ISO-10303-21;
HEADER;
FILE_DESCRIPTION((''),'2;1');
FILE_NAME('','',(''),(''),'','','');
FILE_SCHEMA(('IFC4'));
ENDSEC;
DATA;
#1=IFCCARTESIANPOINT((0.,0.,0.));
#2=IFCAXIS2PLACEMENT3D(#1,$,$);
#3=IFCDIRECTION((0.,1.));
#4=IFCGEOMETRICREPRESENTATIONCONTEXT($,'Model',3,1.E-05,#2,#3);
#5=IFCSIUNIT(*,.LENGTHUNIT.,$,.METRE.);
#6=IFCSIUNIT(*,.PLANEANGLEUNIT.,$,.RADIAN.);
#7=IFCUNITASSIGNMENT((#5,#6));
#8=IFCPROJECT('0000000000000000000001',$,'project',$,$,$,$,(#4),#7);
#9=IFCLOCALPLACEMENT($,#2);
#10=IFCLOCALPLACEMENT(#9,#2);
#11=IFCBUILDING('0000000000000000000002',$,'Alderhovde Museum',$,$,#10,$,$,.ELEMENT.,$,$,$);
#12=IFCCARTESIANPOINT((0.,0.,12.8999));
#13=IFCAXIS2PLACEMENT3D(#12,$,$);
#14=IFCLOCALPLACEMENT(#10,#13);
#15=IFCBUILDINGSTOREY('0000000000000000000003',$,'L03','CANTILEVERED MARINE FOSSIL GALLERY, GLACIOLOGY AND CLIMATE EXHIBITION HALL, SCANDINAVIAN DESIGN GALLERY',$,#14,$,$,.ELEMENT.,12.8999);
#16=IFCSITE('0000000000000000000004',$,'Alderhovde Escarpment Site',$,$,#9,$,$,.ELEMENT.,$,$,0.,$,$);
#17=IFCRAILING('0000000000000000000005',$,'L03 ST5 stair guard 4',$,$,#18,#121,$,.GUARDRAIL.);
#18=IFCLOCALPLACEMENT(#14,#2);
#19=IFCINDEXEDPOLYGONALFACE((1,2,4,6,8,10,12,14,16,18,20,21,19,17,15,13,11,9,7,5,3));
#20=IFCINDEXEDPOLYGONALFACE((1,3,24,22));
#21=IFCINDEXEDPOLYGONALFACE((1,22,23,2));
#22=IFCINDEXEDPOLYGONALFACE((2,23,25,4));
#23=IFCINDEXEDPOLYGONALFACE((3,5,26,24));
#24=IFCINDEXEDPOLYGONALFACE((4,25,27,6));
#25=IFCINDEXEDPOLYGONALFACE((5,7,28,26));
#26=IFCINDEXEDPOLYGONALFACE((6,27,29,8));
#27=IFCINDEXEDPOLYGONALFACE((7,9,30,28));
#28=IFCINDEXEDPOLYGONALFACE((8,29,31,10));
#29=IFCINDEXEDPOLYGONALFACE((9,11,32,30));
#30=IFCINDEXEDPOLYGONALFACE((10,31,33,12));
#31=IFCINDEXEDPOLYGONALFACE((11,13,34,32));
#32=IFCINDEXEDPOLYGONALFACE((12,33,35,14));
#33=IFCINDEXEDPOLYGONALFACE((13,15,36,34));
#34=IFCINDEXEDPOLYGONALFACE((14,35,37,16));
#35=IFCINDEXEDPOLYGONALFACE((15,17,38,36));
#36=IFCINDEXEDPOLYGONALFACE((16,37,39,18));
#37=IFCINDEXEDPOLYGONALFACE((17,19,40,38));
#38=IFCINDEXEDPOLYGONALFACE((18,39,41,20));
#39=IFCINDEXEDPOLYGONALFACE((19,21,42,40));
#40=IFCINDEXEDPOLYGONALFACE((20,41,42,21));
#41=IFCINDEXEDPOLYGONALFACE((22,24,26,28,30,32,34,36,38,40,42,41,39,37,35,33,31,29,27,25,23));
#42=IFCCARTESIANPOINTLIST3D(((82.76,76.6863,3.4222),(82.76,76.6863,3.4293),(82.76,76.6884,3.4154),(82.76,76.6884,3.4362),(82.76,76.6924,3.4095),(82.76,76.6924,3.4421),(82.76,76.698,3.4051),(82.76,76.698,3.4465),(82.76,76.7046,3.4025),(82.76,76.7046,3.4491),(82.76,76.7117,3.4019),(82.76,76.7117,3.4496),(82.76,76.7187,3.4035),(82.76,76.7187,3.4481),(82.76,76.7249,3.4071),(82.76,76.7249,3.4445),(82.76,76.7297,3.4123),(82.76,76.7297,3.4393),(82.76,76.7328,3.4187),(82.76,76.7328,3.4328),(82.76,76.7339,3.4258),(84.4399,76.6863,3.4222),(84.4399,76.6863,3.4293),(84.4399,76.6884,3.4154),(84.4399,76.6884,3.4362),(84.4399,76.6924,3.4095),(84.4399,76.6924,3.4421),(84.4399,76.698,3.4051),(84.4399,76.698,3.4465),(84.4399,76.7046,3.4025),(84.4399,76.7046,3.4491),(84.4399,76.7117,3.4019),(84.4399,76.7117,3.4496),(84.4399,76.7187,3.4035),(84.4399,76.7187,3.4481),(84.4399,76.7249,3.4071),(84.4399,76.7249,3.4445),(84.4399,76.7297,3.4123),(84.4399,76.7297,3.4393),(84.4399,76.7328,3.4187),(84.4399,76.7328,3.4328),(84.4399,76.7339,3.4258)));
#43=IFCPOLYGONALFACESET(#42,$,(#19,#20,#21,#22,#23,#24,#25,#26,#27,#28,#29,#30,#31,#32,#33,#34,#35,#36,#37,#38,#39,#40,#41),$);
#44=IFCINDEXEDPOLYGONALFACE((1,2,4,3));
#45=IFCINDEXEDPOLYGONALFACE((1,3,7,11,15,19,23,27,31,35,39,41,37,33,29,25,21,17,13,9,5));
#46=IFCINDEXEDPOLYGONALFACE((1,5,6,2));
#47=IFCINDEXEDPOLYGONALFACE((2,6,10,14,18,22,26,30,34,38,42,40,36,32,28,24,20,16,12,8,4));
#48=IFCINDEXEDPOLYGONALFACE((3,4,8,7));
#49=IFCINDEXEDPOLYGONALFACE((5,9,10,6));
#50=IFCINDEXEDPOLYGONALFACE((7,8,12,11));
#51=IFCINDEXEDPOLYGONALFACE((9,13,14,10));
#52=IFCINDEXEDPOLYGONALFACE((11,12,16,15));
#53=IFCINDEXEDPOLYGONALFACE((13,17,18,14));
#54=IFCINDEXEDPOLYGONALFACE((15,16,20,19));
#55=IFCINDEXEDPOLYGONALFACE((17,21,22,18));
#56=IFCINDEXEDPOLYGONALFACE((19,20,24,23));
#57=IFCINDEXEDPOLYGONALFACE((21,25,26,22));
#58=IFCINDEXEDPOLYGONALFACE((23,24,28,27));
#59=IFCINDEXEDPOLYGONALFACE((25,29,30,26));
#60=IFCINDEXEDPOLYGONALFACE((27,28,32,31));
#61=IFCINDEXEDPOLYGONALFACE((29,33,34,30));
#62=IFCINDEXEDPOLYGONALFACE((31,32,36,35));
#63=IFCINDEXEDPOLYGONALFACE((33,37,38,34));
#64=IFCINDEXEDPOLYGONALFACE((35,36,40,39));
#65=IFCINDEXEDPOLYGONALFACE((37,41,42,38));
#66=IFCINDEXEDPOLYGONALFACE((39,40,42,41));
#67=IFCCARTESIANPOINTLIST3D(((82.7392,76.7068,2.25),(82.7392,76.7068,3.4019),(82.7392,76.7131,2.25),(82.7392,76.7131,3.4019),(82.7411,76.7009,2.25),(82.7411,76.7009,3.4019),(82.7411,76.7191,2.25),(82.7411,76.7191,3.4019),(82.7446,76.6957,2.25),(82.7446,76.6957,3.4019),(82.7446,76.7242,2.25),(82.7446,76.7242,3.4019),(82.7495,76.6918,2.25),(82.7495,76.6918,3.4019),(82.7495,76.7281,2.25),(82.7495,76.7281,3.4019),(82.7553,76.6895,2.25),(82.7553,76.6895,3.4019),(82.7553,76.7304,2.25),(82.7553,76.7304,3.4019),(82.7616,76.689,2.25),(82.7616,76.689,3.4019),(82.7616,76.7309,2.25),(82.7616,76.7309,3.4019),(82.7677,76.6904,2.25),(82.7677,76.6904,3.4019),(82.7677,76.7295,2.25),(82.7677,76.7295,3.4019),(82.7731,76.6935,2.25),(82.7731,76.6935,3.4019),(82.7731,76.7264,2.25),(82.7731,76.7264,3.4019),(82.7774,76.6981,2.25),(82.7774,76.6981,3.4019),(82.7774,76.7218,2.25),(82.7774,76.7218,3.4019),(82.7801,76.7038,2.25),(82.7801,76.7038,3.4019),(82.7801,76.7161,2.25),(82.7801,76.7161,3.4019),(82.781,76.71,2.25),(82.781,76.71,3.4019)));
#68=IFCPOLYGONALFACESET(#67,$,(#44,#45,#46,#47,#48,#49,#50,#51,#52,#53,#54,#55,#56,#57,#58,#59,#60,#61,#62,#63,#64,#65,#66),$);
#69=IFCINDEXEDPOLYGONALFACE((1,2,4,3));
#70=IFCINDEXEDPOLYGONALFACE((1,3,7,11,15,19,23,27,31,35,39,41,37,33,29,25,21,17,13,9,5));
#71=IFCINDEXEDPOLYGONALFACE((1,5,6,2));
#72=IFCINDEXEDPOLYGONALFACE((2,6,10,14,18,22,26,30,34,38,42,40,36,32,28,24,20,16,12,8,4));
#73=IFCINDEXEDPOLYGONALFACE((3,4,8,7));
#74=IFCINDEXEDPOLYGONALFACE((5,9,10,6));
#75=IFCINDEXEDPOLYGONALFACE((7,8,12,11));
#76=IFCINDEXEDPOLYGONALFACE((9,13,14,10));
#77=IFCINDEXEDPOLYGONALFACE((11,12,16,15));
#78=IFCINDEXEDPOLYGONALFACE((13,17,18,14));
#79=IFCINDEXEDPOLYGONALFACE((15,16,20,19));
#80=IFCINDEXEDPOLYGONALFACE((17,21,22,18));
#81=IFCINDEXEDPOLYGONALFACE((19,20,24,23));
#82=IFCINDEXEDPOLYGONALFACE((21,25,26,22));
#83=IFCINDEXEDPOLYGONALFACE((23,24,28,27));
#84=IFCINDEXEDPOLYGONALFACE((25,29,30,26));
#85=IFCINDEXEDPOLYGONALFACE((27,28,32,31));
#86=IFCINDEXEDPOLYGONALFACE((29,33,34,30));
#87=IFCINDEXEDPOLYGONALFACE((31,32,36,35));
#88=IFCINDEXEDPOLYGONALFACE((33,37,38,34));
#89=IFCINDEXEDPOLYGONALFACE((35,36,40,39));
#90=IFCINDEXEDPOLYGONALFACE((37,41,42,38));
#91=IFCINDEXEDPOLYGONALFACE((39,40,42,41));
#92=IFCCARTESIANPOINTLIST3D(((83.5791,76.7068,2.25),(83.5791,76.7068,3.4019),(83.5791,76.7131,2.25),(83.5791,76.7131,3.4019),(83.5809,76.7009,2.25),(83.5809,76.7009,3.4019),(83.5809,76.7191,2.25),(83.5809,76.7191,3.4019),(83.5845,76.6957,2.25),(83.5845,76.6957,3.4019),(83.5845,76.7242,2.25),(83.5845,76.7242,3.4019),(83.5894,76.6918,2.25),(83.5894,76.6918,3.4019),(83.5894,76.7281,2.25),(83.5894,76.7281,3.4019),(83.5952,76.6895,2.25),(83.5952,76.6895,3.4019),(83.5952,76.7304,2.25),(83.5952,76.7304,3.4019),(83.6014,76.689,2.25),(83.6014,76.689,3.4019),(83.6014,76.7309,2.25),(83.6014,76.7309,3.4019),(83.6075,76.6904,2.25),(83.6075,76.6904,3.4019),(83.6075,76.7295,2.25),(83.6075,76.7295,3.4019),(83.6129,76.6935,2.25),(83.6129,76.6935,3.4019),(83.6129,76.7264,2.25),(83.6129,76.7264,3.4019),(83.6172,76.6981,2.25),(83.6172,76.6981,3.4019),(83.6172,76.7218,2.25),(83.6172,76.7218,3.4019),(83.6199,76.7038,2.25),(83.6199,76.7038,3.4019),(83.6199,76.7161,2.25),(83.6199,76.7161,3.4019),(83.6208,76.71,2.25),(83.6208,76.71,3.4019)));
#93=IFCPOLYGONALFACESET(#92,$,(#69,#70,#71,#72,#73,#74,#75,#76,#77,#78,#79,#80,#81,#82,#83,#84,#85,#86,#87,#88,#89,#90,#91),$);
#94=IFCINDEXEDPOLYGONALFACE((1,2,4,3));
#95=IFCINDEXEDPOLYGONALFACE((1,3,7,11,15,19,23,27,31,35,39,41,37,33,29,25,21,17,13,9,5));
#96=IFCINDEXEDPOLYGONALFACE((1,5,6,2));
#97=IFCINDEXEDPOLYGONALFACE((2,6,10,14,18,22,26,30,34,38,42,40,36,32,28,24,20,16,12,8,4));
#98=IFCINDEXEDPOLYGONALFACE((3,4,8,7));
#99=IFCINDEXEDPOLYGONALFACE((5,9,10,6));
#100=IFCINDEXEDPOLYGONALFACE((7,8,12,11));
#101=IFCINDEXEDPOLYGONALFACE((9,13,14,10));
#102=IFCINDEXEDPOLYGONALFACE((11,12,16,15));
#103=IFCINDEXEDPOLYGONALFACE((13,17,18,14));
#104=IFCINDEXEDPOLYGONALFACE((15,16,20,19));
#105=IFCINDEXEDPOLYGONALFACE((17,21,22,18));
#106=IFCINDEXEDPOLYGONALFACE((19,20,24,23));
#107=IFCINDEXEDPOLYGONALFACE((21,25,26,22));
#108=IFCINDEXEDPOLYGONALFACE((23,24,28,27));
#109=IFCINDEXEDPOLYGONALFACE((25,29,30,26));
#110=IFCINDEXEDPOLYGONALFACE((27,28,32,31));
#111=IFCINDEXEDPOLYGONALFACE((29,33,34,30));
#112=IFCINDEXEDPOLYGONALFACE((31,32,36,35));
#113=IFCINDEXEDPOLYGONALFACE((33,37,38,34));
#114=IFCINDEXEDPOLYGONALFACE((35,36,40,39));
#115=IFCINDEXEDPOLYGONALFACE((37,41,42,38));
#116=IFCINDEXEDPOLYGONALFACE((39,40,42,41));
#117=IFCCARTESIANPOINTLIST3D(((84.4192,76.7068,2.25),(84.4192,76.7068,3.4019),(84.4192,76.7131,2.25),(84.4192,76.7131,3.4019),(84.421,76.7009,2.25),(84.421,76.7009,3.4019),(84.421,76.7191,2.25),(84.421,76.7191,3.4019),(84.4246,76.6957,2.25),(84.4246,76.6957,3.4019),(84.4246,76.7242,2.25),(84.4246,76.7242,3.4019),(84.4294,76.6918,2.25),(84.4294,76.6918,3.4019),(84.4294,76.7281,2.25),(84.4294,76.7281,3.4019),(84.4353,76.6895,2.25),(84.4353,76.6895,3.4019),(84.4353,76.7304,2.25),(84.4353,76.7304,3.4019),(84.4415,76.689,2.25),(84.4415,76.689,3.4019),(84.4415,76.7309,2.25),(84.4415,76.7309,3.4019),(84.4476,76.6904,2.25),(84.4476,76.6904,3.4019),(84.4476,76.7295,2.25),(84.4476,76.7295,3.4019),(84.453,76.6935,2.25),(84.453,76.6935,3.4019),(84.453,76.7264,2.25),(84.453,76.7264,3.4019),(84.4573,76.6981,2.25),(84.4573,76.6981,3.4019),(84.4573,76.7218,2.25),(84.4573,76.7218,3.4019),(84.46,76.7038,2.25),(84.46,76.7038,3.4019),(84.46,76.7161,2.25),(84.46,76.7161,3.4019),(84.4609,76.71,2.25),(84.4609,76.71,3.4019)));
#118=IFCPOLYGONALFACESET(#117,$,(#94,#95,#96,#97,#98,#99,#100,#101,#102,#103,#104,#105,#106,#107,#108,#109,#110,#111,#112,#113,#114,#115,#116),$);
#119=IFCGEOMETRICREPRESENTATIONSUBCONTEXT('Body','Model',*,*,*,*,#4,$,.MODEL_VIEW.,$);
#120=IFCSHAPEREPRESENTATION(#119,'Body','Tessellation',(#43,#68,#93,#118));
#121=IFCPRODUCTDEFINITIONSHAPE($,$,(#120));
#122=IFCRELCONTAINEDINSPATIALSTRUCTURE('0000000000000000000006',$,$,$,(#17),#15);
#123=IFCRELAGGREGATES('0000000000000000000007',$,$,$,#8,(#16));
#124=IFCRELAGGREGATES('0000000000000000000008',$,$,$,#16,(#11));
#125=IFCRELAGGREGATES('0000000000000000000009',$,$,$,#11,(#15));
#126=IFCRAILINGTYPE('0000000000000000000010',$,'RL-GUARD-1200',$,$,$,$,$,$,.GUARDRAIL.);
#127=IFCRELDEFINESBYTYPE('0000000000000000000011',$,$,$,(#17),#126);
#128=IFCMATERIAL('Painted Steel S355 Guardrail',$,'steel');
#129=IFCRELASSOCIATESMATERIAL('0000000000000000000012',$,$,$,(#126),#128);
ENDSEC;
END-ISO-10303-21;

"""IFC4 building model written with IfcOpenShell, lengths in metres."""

from ifc_helpers import new_model, si_unit, direction, frame, origin, origin_2d, place, context, subcontext, project, spatial, circle, extrude, material, type_object, element, save


model = new_model("IFC4")

# Units and contexts
model_context = context("Model", 3, precision=1e-05, world=origin(), true_north=direction((0.0, 1.0)))
body_context = subcontext(model_context, "Body", "Model", "MODEL_VIEW")
ifc_project = project(units=[si_unit("LENGTHUNIT", "METRE"), si_unit("PLANEANGLEUNIT", "RADIAN")], contexts=[model_context])

# Site, building, storey
site_placement = place(None, origin())
site = spatial("IfcSite", under=ifc_project, at=site_placement, Name="Alderhovde Escarpment Site", CompositionType="ELEMENT", RefElevation=0.0)
building_placement = place(site_placement, origin())
building = spatial("IfcBuilding", under=site, at=building_placement, Name="Alderhovde Museum", CompositionType="ELEMENT")
storey_placement = place(building_placement, frame((0.0, 0.0, 12.8999)))
storey = spatial("IfcBuildingStorey", under=building, at=storey_placement, Name="L03", Description="CANTILEVERED MARINE FOSSIL GALLERY, GLACIOLOGY AND CLIMATE EXHIBITION HALL, SCANDINAVIAN DESIGN GALLERY", CompositionType="ELEMENT", Elevation=12.8999)

# Railing
ifc_material_1 = material(Name="Painted Steel S355 Guardrail", Category="steel")
railing_type_1 = type_object("IfcRailingType", Name="RL-GUARD-1200", PredefinedType="GUARDRAIL", material=ifc_material_1)
for number, where, name in (
    (1, (82.76, 76.71, 2.25), "L03 ST5 stair guard 4"),
):
    element("IfcRailing", number, at=place(storey_placement, frame(where)), inside=storey, type_object=railing_type_1, Name=name, PredefinedType="GUARDRAIL", context=body_context, shape_type="SweptSolid", body=[
        extrude(circle(Radius=0.0239, at=origin_2d()), frame((0.0, 0.0, 1.1758), z_axis=(1.0, 0.0, 0.0), x_axis=(0.0, 1.0, 0.0)), (0.0, 0.0, 1.0), 1.6799),
        extrude(circle(Radius=0.021, at=origin_2d()), origin(), (0.0, 0.0, 1.0), 1.1519),
        extrude(circle(Radius=0.021, at=origin_2d()), frame((0.8398, 0.0, 0.0)), (0.0, 0.0, 1.0), 1.1519),
        extrude(circle(Radius=0.021, at=origin_2d()), frame((1.6799, 0.0, 0.0)), (0.0, 0.0, 1.0), 1.1519),
    ])

save(model, "model.ifc")
